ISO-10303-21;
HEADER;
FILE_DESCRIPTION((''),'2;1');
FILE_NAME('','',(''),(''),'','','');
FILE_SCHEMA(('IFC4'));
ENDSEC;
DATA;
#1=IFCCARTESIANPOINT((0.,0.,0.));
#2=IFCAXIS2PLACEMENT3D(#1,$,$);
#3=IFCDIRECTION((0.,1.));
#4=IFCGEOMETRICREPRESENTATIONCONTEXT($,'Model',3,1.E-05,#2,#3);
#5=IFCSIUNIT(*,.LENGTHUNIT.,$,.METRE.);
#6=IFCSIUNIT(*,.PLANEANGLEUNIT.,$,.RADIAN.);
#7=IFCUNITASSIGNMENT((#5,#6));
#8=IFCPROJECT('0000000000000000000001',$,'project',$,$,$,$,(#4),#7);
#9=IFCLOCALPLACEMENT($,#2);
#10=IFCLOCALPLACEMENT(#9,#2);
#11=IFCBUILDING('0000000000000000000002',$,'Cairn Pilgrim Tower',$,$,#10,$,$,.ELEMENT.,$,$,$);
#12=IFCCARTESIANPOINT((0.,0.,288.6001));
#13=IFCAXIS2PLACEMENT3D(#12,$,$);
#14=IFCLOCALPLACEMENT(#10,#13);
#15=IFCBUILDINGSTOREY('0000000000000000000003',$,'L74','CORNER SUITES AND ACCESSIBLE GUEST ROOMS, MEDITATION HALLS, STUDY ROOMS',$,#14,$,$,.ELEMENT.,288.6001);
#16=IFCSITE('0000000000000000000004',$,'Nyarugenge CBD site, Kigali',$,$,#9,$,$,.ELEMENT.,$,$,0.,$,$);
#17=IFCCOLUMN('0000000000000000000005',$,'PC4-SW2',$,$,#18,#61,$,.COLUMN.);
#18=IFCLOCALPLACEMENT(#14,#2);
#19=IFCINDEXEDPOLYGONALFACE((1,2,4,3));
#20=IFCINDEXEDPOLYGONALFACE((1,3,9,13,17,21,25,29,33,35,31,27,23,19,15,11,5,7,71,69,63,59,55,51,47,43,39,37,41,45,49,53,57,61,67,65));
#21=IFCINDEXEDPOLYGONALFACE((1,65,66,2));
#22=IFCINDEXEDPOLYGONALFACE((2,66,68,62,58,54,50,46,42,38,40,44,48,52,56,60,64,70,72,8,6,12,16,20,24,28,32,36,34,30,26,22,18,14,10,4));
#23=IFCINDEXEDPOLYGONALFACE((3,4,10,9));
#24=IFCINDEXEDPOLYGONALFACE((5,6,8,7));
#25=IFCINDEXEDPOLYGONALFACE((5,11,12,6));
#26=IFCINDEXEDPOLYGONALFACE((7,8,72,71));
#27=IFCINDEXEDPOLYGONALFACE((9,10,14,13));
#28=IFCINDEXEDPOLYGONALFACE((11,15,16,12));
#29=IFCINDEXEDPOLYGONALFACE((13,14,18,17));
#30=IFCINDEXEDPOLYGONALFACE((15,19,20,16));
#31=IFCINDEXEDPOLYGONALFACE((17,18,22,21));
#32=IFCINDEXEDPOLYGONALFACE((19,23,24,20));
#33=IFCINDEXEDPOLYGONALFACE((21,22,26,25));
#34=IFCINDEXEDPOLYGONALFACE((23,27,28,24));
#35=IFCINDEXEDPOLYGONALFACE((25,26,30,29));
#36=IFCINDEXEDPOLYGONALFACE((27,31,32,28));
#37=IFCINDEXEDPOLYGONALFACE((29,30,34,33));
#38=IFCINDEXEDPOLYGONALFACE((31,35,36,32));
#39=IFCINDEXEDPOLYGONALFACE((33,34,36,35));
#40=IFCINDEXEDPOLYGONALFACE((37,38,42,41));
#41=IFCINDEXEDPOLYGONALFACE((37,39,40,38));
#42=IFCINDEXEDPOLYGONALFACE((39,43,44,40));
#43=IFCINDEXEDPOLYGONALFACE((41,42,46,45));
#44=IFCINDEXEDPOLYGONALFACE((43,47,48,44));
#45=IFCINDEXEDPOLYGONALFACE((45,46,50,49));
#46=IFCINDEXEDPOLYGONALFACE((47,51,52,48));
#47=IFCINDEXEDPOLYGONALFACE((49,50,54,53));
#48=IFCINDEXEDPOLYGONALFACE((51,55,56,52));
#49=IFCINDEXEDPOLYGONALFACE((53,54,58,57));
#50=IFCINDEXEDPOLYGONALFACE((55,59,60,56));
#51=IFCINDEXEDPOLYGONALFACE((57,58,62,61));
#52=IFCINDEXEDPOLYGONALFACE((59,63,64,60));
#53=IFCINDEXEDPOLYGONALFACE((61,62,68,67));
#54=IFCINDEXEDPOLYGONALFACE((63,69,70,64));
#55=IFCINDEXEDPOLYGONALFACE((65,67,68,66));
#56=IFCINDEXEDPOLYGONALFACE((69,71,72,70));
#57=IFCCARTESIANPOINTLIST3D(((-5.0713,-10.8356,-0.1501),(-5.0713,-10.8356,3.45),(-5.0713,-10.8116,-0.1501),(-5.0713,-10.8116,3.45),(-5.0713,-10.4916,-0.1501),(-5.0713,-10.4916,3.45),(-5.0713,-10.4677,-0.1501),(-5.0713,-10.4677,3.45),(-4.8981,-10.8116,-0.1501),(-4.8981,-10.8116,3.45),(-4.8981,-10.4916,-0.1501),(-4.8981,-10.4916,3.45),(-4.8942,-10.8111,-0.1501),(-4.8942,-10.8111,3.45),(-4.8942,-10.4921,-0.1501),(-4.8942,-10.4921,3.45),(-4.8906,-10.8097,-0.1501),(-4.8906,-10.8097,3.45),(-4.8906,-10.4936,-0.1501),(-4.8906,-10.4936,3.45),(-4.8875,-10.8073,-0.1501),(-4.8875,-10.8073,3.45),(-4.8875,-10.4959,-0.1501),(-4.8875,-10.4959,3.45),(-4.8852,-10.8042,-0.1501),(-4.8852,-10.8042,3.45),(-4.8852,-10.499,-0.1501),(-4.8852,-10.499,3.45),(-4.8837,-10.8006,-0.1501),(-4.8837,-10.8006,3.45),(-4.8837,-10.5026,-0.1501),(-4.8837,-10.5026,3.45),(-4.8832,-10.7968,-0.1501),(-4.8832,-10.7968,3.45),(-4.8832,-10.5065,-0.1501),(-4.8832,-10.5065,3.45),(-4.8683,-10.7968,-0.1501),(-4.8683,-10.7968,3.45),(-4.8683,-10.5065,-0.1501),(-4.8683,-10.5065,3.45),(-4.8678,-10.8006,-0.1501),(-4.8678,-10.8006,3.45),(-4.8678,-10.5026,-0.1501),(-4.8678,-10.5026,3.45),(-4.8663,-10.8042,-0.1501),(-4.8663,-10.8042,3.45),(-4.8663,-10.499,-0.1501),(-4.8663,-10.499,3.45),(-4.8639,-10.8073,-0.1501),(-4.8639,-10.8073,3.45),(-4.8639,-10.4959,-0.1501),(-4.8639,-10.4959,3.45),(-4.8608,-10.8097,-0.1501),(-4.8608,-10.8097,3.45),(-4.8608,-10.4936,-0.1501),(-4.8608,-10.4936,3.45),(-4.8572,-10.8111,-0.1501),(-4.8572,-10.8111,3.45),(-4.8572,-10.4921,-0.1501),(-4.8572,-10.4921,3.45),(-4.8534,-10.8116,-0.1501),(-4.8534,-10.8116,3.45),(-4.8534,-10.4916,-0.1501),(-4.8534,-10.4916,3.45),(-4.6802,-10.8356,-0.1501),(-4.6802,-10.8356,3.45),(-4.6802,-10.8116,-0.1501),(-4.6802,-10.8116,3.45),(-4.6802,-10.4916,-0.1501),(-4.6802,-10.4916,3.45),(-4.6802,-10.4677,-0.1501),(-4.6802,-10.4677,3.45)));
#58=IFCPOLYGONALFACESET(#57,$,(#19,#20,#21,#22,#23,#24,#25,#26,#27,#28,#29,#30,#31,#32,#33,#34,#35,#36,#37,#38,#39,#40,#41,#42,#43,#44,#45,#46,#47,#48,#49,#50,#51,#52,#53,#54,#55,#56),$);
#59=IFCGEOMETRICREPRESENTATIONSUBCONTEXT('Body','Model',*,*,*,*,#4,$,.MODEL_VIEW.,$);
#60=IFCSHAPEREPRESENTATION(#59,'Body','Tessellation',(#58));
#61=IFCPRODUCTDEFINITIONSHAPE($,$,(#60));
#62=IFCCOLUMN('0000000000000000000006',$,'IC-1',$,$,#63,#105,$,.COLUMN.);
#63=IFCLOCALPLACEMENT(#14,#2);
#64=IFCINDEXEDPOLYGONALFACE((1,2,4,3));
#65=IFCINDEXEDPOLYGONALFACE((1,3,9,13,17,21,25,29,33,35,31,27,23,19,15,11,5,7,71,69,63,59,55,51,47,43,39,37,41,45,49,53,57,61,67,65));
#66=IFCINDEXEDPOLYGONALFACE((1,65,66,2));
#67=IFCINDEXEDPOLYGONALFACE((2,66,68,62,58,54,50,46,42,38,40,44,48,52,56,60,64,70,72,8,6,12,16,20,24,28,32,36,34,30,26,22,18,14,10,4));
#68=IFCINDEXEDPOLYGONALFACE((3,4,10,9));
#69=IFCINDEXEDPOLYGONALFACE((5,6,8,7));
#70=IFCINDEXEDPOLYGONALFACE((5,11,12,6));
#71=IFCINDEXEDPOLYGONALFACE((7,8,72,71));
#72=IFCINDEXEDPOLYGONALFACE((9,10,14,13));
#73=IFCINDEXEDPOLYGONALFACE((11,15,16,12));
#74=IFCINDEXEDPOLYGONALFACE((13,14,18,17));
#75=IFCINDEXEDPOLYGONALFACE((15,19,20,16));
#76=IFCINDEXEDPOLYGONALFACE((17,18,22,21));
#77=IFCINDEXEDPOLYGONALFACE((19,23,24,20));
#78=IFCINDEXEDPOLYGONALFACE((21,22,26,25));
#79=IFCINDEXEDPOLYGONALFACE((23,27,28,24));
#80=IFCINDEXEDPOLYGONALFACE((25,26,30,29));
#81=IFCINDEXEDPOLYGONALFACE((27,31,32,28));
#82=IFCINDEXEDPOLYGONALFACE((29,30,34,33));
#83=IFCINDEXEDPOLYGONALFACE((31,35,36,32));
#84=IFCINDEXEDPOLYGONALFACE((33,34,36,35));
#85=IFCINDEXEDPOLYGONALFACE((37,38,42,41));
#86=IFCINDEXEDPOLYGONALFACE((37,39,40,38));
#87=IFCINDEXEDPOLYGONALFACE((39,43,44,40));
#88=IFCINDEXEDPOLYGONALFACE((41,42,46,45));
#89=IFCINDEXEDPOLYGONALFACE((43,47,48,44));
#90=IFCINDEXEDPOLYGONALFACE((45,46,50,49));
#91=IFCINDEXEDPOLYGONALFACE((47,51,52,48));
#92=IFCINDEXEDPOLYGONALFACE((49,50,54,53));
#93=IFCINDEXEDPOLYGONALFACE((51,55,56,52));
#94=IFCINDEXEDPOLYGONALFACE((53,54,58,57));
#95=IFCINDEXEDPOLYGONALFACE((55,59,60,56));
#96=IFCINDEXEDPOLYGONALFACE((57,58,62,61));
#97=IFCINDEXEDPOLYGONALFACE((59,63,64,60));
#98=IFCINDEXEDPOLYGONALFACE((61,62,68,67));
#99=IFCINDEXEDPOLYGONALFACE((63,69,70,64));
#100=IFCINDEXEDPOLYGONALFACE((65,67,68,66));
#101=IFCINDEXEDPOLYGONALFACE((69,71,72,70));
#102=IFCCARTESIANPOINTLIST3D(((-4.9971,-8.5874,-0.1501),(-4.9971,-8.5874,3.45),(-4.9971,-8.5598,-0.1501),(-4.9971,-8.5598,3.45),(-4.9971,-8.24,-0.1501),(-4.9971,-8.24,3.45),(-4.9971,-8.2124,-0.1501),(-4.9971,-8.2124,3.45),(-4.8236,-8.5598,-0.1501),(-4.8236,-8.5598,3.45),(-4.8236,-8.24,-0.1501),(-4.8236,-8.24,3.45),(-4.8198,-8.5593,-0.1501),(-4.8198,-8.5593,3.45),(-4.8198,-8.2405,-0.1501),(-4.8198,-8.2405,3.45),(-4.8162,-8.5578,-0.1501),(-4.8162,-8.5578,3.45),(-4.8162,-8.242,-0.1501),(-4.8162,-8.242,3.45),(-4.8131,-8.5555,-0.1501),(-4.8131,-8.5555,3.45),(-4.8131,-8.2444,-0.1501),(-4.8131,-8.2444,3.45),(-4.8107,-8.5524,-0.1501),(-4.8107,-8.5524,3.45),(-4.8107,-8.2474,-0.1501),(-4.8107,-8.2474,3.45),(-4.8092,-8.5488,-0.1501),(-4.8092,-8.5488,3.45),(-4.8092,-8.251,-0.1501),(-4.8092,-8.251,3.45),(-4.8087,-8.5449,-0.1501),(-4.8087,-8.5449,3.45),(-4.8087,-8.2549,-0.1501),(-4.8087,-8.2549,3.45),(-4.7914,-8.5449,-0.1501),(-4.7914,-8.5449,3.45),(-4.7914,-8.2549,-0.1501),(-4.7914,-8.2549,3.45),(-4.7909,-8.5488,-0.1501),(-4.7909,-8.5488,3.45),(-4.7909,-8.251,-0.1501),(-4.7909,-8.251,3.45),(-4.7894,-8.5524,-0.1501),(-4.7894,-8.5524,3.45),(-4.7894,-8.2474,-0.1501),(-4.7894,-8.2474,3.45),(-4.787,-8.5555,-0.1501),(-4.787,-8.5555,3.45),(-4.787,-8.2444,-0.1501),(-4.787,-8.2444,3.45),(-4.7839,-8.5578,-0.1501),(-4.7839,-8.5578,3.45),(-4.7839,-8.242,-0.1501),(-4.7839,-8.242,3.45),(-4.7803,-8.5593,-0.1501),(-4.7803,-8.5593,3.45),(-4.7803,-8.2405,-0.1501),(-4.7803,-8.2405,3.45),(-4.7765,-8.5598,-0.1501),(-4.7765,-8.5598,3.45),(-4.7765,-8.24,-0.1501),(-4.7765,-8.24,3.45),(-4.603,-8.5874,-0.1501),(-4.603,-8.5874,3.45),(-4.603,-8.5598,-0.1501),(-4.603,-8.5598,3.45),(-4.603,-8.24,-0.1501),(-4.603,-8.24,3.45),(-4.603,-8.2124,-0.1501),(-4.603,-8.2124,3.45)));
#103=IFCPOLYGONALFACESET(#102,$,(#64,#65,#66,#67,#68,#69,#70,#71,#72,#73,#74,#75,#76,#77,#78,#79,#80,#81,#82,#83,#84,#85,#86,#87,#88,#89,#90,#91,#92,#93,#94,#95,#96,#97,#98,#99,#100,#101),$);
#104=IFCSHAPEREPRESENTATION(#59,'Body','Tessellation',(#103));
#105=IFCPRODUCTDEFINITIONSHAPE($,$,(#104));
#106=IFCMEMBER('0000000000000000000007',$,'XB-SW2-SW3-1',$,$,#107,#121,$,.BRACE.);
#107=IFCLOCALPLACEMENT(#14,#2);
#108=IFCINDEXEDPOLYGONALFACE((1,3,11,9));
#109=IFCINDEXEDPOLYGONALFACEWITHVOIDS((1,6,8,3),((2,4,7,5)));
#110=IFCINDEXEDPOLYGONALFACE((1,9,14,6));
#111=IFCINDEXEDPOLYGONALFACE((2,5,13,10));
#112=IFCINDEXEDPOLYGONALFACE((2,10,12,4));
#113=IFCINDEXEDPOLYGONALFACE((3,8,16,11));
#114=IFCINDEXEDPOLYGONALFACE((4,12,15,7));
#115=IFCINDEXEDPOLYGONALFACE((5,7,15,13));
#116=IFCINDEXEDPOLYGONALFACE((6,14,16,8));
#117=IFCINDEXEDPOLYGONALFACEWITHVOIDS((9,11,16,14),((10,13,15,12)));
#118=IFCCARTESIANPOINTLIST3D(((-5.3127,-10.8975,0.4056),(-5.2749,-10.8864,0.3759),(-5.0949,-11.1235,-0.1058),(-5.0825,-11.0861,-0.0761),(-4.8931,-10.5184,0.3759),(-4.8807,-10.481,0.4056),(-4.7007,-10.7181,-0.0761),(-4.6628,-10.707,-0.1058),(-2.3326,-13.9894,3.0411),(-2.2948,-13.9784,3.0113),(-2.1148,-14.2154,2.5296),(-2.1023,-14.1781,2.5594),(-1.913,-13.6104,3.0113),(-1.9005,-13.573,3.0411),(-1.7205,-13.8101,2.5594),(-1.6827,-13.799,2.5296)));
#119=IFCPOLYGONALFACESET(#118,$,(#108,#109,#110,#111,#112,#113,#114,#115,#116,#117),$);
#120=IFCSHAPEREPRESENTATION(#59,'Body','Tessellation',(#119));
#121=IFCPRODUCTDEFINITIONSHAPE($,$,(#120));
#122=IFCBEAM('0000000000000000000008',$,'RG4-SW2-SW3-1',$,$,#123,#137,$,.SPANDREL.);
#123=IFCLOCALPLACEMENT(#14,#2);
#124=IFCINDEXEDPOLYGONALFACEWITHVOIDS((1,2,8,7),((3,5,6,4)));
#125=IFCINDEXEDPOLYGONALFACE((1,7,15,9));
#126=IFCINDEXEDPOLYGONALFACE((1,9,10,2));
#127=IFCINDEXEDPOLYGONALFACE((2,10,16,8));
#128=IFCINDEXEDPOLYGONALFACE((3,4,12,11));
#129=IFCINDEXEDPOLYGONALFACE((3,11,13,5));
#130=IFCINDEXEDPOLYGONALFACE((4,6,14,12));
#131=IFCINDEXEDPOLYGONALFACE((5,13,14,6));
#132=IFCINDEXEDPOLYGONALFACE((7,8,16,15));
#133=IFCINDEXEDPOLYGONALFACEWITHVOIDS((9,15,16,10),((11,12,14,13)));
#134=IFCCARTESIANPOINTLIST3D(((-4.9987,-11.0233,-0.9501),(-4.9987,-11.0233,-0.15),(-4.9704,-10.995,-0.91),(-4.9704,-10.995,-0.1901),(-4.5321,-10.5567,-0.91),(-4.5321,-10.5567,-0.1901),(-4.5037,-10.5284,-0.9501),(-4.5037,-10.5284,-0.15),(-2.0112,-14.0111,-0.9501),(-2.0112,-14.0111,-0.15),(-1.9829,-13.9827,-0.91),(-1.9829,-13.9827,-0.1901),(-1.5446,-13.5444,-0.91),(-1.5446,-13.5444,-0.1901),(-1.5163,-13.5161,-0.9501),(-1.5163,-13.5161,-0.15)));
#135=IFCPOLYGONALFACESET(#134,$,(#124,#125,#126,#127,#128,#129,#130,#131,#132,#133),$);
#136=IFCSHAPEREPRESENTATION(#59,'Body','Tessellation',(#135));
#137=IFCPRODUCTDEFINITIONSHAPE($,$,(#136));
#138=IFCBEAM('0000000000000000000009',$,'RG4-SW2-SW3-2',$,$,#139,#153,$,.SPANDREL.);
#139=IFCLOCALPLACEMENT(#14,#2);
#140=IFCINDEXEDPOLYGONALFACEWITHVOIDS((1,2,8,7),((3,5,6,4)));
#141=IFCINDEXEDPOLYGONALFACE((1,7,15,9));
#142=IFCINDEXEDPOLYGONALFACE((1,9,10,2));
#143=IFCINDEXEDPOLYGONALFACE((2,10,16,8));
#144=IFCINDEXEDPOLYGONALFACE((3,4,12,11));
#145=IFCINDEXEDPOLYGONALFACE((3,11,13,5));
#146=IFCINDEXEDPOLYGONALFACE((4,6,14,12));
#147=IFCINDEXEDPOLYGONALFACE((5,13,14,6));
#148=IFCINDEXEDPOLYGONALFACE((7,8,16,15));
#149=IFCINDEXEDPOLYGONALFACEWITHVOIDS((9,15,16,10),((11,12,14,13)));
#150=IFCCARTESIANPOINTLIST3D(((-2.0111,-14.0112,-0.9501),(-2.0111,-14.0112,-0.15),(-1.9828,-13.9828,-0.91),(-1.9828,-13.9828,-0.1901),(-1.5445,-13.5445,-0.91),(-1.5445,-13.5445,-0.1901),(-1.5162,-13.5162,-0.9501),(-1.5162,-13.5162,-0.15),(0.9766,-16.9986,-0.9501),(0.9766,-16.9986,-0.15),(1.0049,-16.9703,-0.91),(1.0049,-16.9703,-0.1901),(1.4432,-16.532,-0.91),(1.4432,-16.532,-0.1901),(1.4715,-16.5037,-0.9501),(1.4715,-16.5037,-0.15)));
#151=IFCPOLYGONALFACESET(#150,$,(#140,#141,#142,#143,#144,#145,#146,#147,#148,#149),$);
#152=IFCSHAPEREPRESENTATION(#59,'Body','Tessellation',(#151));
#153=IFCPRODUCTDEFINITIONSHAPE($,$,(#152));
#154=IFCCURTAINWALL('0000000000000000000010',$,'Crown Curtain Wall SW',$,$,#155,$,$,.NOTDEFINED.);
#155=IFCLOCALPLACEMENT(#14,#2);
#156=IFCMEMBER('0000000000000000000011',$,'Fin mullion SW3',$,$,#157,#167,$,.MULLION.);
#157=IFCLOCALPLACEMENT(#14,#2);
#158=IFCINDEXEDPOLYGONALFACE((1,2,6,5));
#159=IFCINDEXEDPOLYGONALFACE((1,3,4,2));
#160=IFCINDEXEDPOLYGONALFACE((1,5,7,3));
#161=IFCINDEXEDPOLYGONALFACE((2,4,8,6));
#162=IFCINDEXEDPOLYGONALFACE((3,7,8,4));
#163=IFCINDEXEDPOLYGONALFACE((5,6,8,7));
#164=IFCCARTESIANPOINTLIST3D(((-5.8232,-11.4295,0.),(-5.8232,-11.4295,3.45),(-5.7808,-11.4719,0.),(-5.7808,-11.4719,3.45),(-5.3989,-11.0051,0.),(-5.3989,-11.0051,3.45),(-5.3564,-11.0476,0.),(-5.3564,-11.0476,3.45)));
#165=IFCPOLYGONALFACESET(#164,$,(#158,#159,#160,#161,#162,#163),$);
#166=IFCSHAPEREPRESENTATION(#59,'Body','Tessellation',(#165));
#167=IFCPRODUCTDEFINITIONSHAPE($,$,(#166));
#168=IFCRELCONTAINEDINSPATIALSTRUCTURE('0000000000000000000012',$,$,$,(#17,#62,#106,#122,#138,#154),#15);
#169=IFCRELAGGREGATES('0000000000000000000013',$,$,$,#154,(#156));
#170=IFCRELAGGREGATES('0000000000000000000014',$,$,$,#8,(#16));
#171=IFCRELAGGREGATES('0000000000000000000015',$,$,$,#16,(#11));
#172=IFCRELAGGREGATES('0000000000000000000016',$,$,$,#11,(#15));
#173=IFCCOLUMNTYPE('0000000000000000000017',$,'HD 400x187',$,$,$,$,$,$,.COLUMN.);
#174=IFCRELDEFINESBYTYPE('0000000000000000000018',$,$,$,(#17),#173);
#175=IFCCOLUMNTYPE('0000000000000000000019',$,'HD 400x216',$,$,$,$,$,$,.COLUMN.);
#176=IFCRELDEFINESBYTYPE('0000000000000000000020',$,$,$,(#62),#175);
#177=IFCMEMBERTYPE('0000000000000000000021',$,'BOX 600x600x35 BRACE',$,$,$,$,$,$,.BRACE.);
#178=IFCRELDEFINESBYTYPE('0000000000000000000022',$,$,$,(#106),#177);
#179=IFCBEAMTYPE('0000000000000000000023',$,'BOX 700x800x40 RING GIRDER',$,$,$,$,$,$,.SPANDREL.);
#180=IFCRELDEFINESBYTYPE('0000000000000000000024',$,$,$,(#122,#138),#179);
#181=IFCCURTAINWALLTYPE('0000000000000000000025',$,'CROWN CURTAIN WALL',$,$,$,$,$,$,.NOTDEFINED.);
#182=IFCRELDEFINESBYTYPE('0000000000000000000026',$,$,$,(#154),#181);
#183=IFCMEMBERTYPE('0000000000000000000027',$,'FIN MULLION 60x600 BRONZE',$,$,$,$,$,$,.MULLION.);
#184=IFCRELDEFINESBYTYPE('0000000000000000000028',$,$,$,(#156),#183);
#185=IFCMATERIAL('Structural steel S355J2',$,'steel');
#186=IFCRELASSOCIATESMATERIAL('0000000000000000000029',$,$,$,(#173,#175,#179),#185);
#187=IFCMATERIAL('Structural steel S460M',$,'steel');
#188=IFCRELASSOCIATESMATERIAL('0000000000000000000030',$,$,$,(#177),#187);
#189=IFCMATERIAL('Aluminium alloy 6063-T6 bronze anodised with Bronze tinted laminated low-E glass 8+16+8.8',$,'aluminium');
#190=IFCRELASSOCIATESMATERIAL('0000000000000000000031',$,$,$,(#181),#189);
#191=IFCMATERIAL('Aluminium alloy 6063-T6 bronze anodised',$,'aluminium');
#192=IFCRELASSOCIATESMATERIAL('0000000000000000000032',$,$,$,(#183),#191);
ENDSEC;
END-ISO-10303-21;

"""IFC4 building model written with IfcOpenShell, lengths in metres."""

from ifc_helpers import new_model, si_unit, direction, frame, origin, origin_2d, place, context, subcontext, project, spatial, rectangle, hollow_rectangle, i_section, extrude, material, material_profile, profile_set, type_object, element, aggregate, save


model = new_model("IFC4")

# Units and contexts
model_context = context("Model", 3, precision=1e-05, world=origin(), true_north=direction((0.0, 1.0)))
body_context = subcontext(model_context, "Body", "Model", "MODEL_VIEW")
ifc_project = project(units=[si_unit("LENGTHUNIT", "METRE"), si_unit("PLANEANGLEUNIT", "RADIAN")], contexts=[model_context])

# Site, building, storey
site_placement = place(None, origin())
site = spatial("IfcSite", under=ifc_project, at=site_placement, Name="Nyarugenge CBD site, Kigali", CompositionType="ELEMENT", RefElevation=0.0)
building_placement = place(site_placement, origin())
building = spatial("IfcBuilding", under=site, at=building_placement, Name="Cairn Pilgrim Tower", CompositionType="ELEMENT")
storey_placement = place(building_placement, frame((0.0, 0.0, 288.6001)))
storey = spatial("IfcBuildingStorey", under=building, at=storey_placement, Name="L74", Description="CORNER SUITES AND ACCESSIBLE GUEST ROOMS, MEDITATION HALLS, STUDY ROOMS", CompositionType="ELEMENT", Elevation=288.6001)

# Columns
ifc_material_1 = material(Name="Structural steel S355J2", Category="steel")
ifc_material_profile_1 = material_profile(ifc_material_1, i_section(OverallWidth=0.3911, OverallDepth=0.3679, WebThickness=0.0149, FlangeThickness=0.0239, FilletRadius=0.0149, at=origin_2d()), Name="HD 400x187")
ifc_profile_set_1 = profile_set([ifc_material_profile_1], Name="Structural steel S355J2")
column_type_1 = type_object("IfcColumnType", Name="HD 400x187", PredefinedType="COLUMN", material=ifc_profile_set_1)
column_1_placement = place(storey_placement, frame((-4.8757, -10.6516, -0.1501), z_axis=(0.0, 0.0, 1.0), x_axis=(1.0, 0.0, 0.0)))
element("IfcColumn", 1, at=column_1_placement, inside=storey, type_object=column_type_1, Name="PC4-SW2", PredefinedType="COLUMN", context=body_context, shape_type="SweptSolid", body=[
    extrude(i_section(OverallWidth=0.3911, OverallDepth=0.3679, WebThickness=0.0149, FlangeThickness=0.0239, FilletRadius=0.0149, at=origin_2d()), origin(), (0.0, 0.0, 1.0), 3.6001),
])
ifc_material_profile_2 = material_profile(ifc_material_1, i_section(OverallWidth=0.394, OverallDepth=0.375, WebThickness=0.0173, FlangeThickness=0.0276, FilletRadius=0.0149, at=origin_2d()), Name="HD 400x216")
ifc_profile_set_2 = profile_set([ifc_material_profile_2], Name="Structural steel S355J2")
column_type_2 = type_object("IfcColumnType", Name="HD 400x216", PredefinedType="COLUMN", material=ifc_profile_set_2)
column_2_placement = place(storey_placement, frame((-4.8, -8.3999, -0.1501), z_axis=(0.0, 0.0, 1.0), x_axis=(1.0, 0.0, 0.0)))
element("IfcColumn", 2, at=column_2_placement, inside=storey, type_object=column_type_2, Name="IC-1", PredefinedType="COLUMN", context=body_context, shape_type="SweptSolid", body=[
    extrude(i_section(OverallWidth=0.394, OverallDepth=0.375, WebThickness=0.0173, FlangeThickness=0.0276, FilletRadius=0.0149, at=origin_2d()), origin(), (0.0, 0.0, 1.0), 3.6001),
])

# Member
ifc_material_2 = material(Name="Structural steel S460M", Category="steel")
ifc_material_profile_3 = material_profile(ifc_material_2, hollow_rectangle(XDim=0.6001, YDim=0.6001, WallThickness=0.0349, at=origin_2d()), Name="BOX 600x600x35")
ifc_profile_set_3 = profile_set([ifc_material_profile_3], Name="Structural steel S460M")
member_type_1 = type_object("IfcMemberType", Name="BOX 600x600x35 BRACE", PredefinedType="BRACE", material=ifc_profile_set_3)
member_1_placement = place(storey_placement, frame((-4.9878, -10.8022, 0.1499), z_axis=(0.591469, -0.613661, 0.523053), x_axis=(0.720006, 0.693968, 0.0)))
element("IfcMember", 3, at=member_1_placement, inside=storey, type_object=member_type_1, Name="XB-SW2-SW3-1", PredefinedType="BRACE", context=body_context, shape_type="SweptSolid", body=[
    extrude(hollow_rectangle(XDim=0.6001, YDim=0.6001, WallThickness=0.0349, at=origin_2d()), origin(), (0.0, 0.0, 1.0), 5.0386),
])

# Beams
ifc_material_profile_4 = material_profile(ifc_material_1, hollow_rectangle(XDim=0.7, YDim=0.8, WallThickness=0.04, at=origin_2d()), Name="BOX 700x800x40")
ifc_profile_set_4 = profile_set([ifc_material_profile_4], Name="Structural steel S355J2")
beam_type_1 = type_object("IfcBeamType", Name="BOX 700x800x40 RING GIRDER", PredefinedType="SPANDREL", material=ifc_profile_set_4)
for number, where, z_axis, x_axis, name in (
    (4, (-4.7512, -10.7759, -0.55), (0.707078, -0.707136, 0.0), (0.707136, 0.707078, 0.0), "RG4-SW2-SW3-1"),
    (5, (-1.7637, -13.7637, -0.55), (0.707136, -0.707078, 0.0), (0.707078, 0.707136, 0.0), "RG4-SW2-SW3-2"),
):
    element("IfcBeam", number, at=place(storey_placement, frame(where, z_axis=z_axis, x_axis=x_axis)), inside=storey, type_object=beam_type_1, Name=name, PredefinedType="SPANDREL", context=body_context, shape_type="SweptSolid", body=[
        extrude(hollow_rectangle(XDim=0.7, YDim=0.8, WallThickness=0.04, at=origin_2d()), origin(), (0.0, 0.0, 1.0), 4.2251),
    ])

# Curtain wall, member
ifc_material_3 = material(Name="Aluminium alloy 6063-T6 bronze anodised with Bronze tinted laminated low-E glass 8+16+8.8", Category="aluminium")
curtain_wall_type = type_object("IfcCurtainWallType", Name="CROWN CURTAIN WALL", PredefinedType="NOTDEFINED", material=ifc_material_3)
curtain_wall_placement = place(storey_placement, origin())
curtain_wall = element("IfcCurtainWall", 6, at=curtain_wall_placement, inside=storey, type_object=curtain_wall_type, Name="Crown Curtain Wall SW", PredefinedType="NOTDEFINED")
ifc_material_4 = material(Name="Aluminium alloy 6063-T6 bronze anodised", Category="aluminium")
ifc_material_profile_5 = material_profile(ifc_material_4, rectangle(XDim=0.6001, YDim=0.0601, at=origin_2d()), Name="FIN MULLION 60x600 BRONZE")
ifc_profile_set_5 = profile_set([ifc_material_profile_5], Name="Aluminium alloy 6063-T6 bronze anodised")
member_type_2 = type_object("IfcMemberType", Name="FIN MULLION 60x600 BRONZE", PredefinedType="MULLION", material=ifc_profile_set_5)
member_2_placement = place(storey_placement, frame((-5.5898, -11.2385, 0.0), z_axis=(0.0, 0.0, 1.0), x_axis=(-0.707107, -0.707107, 0.0)))
member_2 = element("IfcMember", 7, at=member_2_placement, type_object=member_type_2, Name="Fin mullion SW3", PredefinedType="MULLION", context=body_context, shape_type="SweptSolid", body=[
    extrude(rectangle(XDim=0.6001, YDim=0.0601, at=origin_2d()), origin(), (0.0, 0.0, 1.0), 3.45),
])

aggregate(curtain_wall, [member_2])

save(model, "model.ifc")
